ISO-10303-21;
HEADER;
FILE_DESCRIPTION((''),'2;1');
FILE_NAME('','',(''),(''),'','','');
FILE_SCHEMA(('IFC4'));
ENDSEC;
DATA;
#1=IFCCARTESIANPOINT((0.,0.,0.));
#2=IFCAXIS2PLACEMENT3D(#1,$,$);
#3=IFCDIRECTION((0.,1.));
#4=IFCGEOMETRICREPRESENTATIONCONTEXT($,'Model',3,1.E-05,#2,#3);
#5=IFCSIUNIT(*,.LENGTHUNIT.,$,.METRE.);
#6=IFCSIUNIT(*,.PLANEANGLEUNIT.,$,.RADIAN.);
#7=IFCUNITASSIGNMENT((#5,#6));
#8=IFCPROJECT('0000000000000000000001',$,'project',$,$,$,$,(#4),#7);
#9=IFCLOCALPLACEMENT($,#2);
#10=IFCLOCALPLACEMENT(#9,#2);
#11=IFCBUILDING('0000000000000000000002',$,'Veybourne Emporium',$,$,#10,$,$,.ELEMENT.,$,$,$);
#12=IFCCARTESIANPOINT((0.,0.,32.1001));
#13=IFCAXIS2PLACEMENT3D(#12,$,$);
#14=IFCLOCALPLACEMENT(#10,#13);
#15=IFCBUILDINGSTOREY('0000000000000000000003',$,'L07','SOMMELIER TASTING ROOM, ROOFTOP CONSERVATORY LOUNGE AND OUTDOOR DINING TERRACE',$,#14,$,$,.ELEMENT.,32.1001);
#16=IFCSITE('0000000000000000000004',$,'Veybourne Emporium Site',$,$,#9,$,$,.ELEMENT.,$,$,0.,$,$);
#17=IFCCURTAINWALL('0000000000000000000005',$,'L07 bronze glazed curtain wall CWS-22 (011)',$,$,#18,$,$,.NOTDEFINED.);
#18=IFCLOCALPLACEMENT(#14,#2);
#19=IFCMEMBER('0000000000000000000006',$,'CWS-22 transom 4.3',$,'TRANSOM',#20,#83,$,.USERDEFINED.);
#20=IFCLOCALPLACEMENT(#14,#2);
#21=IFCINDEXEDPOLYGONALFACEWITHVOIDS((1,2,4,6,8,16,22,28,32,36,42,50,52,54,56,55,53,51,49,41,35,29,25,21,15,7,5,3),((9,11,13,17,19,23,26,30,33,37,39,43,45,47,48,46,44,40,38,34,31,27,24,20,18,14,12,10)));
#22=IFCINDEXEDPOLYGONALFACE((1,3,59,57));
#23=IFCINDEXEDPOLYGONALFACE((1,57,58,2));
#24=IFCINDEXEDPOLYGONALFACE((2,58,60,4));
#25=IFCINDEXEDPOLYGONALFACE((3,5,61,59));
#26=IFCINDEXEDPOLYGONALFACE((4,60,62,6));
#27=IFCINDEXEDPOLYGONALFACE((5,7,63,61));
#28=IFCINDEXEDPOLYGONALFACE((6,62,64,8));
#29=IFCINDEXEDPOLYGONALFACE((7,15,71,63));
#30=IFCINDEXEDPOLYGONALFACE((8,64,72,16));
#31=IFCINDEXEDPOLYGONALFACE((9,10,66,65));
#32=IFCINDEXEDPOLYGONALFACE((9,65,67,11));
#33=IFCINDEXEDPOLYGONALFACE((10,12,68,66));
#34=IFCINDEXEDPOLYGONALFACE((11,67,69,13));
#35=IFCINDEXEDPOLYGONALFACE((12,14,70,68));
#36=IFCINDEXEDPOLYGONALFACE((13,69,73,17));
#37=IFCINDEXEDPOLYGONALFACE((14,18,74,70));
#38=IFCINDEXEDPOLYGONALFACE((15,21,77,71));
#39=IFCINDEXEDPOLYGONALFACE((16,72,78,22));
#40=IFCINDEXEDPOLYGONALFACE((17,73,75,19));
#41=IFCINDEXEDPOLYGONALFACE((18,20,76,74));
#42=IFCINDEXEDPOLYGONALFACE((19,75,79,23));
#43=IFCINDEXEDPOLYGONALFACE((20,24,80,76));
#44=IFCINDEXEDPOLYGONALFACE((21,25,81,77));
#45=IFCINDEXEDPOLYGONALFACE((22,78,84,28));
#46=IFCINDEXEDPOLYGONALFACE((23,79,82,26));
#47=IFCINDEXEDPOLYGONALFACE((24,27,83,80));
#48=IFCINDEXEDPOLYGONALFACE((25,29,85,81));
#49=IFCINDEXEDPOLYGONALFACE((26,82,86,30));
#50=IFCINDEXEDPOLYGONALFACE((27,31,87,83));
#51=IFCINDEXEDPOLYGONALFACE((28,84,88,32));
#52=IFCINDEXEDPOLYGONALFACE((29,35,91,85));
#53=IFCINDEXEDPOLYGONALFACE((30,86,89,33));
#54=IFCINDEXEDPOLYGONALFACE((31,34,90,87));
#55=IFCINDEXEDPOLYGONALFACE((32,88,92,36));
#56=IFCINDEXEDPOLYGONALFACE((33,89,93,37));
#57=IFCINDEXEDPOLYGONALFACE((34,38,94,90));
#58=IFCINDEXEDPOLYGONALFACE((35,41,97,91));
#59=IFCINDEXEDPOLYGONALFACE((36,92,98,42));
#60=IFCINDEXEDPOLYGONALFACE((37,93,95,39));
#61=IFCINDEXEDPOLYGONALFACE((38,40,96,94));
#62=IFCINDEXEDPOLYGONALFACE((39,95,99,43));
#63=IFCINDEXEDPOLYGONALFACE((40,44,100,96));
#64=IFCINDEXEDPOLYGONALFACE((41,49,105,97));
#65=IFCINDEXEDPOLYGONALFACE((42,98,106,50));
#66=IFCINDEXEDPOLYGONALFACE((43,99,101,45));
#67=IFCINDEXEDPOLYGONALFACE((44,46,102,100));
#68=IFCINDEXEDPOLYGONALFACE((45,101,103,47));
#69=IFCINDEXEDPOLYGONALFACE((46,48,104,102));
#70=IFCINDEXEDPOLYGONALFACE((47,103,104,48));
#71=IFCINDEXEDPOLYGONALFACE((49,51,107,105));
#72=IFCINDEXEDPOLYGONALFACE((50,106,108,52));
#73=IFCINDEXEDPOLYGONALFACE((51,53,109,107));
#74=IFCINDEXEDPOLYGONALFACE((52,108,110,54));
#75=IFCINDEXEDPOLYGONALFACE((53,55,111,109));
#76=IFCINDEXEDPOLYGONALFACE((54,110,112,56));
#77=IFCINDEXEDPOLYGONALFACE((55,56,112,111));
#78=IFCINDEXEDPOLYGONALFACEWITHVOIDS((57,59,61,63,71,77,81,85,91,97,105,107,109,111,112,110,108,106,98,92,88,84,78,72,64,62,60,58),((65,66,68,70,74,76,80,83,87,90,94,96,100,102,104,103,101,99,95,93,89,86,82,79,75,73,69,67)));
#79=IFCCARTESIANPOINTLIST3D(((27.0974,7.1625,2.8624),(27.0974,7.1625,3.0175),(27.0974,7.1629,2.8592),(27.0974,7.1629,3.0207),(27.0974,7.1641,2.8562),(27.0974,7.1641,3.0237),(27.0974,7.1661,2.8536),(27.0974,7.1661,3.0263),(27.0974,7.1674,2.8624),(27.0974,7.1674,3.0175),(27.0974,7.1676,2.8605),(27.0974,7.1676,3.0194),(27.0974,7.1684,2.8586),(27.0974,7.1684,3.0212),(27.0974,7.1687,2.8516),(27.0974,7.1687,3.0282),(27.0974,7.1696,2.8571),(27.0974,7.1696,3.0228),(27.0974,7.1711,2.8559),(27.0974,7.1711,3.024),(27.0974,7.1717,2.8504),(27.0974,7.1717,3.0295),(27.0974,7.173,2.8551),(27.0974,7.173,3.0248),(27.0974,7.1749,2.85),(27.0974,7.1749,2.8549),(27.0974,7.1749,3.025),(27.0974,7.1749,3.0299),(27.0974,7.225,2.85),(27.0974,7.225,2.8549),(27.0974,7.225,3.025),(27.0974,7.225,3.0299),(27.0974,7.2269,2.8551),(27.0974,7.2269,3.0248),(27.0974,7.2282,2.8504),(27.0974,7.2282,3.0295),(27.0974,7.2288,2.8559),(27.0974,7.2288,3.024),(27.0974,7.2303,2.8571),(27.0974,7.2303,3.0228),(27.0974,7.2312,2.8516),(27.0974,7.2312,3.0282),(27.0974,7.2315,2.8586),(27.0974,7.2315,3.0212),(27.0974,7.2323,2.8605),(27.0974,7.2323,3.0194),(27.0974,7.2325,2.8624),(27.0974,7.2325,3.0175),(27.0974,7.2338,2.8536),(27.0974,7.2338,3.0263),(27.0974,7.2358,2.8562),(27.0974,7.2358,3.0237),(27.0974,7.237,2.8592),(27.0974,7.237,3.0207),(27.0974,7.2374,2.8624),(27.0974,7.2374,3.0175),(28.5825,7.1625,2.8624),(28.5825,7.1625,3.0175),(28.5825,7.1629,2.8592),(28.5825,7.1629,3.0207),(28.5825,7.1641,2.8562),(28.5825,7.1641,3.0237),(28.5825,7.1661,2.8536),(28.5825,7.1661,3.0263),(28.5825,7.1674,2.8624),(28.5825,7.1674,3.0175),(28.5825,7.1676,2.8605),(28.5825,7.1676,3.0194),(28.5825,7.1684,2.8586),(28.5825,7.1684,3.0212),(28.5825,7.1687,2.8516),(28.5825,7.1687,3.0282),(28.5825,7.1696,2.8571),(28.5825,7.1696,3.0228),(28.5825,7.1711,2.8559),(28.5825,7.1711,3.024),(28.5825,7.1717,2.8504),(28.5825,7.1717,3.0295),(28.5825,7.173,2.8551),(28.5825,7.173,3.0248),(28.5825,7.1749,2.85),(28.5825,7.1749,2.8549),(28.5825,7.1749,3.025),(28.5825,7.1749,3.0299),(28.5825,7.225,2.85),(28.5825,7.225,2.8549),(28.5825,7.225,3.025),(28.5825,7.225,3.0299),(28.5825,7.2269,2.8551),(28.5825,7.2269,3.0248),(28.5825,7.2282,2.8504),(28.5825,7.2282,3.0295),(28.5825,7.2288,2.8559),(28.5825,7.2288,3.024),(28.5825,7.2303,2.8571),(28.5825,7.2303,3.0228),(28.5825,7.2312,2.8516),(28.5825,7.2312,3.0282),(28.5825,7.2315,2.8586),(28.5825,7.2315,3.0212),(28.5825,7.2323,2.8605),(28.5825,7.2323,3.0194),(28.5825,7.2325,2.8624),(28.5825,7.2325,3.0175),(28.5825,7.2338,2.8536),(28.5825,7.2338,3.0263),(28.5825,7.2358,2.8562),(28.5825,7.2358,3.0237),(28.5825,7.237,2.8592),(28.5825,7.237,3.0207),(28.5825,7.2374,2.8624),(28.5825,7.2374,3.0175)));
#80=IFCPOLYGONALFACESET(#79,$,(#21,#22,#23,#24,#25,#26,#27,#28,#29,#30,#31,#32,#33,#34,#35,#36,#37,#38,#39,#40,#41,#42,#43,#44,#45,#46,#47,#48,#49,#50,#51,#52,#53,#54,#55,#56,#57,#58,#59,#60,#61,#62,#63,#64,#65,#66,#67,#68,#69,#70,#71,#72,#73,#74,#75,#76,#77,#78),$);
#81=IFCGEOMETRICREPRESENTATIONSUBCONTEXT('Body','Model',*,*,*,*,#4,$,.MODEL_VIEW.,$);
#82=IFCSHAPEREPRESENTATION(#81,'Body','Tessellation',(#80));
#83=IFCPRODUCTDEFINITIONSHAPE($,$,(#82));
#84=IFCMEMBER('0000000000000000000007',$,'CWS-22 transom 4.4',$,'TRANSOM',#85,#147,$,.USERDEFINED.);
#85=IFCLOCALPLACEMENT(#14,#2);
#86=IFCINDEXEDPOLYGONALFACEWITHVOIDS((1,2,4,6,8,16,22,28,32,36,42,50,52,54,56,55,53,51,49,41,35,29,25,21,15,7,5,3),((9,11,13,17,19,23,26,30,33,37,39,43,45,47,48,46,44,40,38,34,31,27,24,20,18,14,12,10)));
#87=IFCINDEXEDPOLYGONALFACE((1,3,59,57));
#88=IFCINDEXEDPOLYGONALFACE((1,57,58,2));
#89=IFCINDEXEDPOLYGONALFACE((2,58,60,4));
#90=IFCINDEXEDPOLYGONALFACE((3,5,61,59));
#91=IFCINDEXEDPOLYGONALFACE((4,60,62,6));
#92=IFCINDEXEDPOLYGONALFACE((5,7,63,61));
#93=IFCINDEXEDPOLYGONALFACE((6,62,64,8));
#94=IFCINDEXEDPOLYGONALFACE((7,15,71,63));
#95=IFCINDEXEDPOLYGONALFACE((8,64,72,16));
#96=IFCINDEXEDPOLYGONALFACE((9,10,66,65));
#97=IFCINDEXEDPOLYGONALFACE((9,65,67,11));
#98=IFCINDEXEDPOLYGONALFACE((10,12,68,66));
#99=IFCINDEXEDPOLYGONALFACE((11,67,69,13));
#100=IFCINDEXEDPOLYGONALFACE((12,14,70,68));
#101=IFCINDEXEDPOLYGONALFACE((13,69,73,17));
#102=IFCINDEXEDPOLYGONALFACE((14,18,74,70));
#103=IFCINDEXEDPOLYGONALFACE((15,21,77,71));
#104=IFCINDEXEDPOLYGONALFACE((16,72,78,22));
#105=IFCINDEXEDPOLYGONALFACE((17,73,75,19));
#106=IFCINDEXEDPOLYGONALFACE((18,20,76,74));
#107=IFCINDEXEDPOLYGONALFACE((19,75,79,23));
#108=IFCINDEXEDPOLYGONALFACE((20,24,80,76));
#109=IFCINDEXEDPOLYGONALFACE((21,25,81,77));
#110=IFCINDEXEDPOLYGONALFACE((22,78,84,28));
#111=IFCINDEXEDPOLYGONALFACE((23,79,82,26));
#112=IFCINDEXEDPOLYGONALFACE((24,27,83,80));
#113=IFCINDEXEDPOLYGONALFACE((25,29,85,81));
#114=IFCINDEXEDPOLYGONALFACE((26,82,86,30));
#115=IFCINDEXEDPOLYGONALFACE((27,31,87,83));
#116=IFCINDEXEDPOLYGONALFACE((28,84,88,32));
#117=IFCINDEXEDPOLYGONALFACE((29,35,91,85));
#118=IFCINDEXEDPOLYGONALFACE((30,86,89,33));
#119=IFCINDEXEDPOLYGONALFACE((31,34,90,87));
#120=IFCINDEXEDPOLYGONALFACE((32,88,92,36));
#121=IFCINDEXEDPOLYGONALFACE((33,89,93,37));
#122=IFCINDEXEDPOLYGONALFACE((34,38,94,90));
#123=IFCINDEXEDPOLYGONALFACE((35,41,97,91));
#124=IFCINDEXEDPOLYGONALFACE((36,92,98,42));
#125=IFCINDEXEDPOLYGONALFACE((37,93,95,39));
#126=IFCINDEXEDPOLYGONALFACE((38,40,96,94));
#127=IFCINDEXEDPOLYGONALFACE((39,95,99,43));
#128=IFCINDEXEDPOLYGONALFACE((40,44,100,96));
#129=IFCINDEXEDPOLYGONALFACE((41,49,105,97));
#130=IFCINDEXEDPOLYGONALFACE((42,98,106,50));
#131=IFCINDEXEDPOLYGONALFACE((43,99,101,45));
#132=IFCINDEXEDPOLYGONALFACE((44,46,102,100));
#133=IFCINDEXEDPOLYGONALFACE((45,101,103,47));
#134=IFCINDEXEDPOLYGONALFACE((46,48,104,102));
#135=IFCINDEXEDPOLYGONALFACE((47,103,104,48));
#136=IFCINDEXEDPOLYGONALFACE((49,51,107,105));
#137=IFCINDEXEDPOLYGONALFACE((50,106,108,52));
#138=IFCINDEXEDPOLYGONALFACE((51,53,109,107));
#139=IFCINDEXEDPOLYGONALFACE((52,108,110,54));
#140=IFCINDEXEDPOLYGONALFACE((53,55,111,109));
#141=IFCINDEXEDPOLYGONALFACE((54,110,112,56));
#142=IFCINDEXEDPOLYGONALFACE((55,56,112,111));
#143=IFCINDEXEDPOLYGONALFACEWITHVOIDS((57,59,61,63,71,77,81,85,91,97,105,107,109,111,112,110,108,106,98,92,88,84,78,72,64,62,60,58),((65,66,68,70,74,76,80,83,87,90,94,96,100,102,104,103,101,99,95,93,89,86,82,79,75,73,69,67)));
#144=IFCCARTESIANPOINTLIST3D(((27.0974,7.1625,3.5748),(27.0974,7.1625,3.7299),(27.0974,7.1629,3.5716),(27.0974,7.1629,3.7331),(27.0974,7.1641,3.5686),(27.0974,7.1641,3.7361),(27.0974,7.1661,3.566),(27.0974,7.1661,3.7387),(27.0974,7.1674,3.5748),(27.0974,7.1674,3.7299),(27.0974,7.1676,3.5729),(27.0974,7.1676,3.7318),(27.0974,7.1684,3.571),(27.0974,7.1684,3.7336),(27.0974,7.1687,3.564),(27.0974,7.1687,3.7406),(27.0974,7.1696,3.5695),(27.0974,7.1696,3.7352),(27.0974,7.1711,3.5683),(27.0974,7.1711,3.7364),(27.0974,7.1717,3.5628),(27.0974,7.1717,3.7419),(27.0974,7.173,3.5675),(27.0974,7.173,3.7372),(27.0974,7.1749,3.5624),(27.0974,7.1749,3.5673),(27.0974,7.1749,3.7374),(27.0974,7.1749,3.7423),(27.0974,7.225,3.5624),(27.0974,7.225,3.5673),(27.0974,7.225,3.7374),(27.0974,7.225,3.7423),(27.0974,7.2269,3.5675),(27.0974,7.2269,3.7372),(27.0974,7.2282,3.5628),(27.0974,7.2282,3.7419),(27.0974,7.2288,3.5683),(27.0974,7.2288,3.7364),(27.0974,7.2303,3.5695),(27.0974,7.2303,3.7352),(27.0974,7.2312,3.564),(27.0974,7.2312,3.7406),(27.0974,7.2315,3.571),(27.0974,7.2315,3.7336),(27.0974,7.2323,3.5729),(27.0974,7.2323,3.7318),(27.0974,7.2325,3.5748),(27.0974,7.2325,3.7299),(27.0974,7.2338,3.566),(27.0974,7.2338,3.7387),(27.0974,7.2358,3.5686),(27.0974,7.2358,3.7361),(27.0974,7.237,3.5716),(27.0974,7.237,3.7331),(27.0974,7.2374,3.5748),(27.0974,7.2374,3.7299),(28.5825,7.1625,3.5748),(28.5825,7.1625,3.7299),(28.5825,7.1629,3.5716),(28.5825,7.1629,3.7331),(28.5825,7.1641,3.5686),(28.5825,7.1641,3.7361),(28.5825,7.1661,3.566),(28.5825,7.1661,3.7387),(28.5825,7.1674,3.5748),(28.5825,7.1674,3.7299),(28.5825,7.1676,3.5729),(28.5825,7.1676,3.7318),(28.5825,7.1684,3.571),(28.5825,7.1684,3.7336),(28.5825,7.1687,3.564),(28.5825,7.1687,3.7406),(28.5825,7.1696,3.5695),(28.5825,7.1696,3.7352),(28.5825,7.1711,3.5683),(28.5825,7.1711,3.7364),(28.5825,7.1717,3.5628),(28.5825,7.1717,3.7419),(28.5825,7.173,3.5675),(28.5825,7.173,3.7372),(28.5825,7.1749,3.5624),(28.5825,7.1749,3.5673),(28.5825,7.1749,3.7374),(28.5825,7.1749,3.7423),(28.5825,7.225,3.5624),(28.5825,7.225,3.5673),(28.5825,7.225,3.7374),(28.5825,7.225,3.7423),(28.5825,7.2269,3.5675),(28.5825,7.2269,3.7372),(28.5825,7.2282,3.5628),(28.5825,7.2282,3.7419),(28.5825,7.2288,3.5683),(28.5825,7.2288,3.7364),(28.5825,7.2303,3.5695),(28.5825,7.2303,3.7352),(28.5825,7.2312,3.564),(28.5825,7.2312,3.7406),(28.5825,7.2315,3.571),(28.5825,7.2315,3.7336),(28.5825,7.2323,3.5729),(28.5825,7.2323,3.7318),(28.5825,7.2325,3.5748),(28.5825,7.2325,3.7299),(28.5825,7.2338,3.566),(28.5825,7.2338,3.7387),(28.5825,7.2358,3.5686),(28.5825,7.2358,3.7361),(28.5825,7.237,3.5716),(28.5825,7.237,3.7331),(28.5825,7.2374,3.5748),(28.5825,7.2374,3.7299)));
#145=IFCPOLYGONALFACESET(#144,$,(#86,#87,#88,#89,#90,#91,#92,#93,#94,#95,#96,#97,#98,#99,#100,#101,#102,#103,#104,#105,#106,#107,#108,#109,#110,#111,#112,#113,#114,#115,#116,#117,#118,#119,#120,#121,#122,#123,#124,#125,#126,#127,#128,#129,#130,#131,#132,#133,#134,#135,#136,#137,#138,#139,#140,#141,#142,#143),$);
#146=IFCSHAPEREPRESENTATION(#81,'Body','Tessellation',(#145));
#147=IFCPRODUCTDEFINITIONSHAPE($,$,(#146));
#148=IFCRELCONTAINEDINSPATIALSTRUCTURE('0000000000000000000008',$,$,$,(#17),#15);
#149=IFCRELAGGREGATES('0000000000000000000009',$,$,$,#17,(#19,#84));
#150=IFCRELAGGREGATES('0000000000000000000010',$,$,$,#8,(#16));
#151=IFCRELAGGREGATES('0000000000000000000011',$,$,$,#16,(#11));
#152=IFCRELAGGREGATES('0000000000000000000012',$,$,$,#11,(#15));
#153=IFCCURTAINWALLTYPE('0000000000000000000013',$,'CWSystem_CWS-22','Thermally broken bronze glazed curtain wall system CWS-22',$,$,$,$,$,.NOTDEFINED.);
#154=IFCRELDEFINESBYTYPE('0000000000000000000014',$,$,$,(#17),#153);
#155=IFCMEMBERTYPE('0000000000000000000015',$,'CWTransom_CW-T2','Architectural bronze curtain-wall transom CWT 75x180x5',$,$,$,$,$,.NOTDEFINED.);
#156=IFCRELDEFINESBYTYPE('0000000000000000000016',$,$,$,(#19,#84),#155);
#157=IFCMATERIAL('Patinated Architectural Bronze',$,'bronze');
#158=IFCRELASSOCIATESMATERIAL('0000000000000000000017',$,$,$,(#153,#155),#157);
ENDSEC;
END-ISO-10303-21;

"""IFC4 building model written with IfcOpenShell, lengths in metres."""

from ifc_helpers import new_model, si_unit, direction, frame, origin, origin_2d, place, context, subcontext, project, spatial, hollow_rectangle, extrude, material, material_profile, profile_set, type_object, element, aggregate, save


model = new_model("IFC4")

# Units and contexts
model_context = context("Model", 3, precision=1e-05, world=origin(), true_north=direction((0.0, 1.0)))
body_context = subcontext(model_context, "Body", "Model", "MODEL_VIEW")
ifc_project = project(units=[si_unit("LENGTHUNIT", "METRE"), si_unit("PLANEANGLEUNIT", "RADIAN")], contexts=[model_context])

# Site, building, storey
site_placement = place(None, origin())
site = spatial("IfcSite", under=ifc_project, at=site_placement, Name="Veybourne Emporium Site", CompositionType="ELEMENT", RefElevation=0.0)
building_placement = place(site_placement, origin())
building = spatial("IfcBuilding", under=site, at=building_placement, Name="Veybourne Emporium", CompositionType="ELEMENT")
storey_placement = place(building_placement, frame((0.0, 0.0, 32.1001)))
storey = spatial("IfcBuildingStorey", under=building, at=storey_placement, Name="L07", Description="SOMMELIER TASTING ROOM, ROOFTOP CONSERVATORY LOUNGE AND OUTDOOR DINING TERRACE", CompositionType="ELEMENT", Elevation=32.1001)

# Curtain wall, members
ifc_material_1 = material(Name="Patinated Architectural Bronze", Category="bronze")
curtain_wall_type = type_object("IfcCurtainWallType", Name="CWSystem_CWS-22", Description="Thermally broken bronze glazed curtain wall system CWS-22", PredefinedType="NOTDEFINED", material=ifc_material_1)
curtain_wall_placement = place(storey_placement, origin())
curtain_wall = element("IfcCurtainWall", 1, at=curtain_wall_placement, inside=storey, type_object=curtain_wall_type, Name="L07 bronze glazed curtain wall CWS-22 (011)", PredefinedType="NOTDEFINED")
ifc_material_profile_1 = material_profile(ifc_material_1, hollow_rectangle(XDim=0.075, YDim=0.1799, WallThickness=0.0049, InnerFilletRadius=0.0076, OuterFilletRadius=0.0125, at=origin_2d()), Name="CWT 75x180x5")
ifc_profile_set_1 = profile_set([ifc_material_profile_1], Name="Patinated Architectural Bronze")
member_type_1 = type_object("IfcMemberType", Name="CWTransom_CW-T2", Description="Architectural bronze curtain-wall transom CWT 75x180x5", PredefinedType="NOTDEFINED", material=ifc_profile_set_1)
member_1_placement = place(storey_placement, frame((28.5825, 7.2, 2.9399), z_axis=(-1.0, 0.0, 0.0), x_axis=(0.0, -1.0, 0.0)))
member_1 = element("IfcMember", 2, at=member_1_placement, type_object=member_type_1, Name="CWS-22 transom 4.3", ObjectType="TRANSOM", PredefinedType="USERDEFINED", context=body_context, shape_type="SweptSolid", body=[
    extrude(hollow_rectangle(XDim=0.075, YDim=0.1799, WallThickness=0.0049, InnerFilletRadius=0.0076, OuterFilletRadius=0.0125, at=origin_2d()), origin(), (0.0, 0.0, 1.0), 1.4851),
])
member_2_placement = place(storey_placement, frame((28.5825, 7.2, 3.6523), z_axis=(-1.0, 0.0, 0.0), x_axis=(0.0, -1.0, 0.0)))
member_2 = element("IfcMember", 3, at=member_2_placement, type_object=member_type_1, Name="CWS-22 transom 4.4", ObjectType="TRANSOM", PredefinedType="USERDEFINED", context=body_context, shape_type="SweptSolid", body=[
    extrude(hollow_rectangle(XDim=0.075, YDim=0.1799, WallThickness=0.0049, InnerFilletRadius=0.0076, OuterFilletRadius=0.0125, at=origin_2d()), origin(), (0.0, 0.0, 1.0), 1.4851),
])

aggregate(curtain_wall, [member_1, member_2])

save(model, "model.ifc")
